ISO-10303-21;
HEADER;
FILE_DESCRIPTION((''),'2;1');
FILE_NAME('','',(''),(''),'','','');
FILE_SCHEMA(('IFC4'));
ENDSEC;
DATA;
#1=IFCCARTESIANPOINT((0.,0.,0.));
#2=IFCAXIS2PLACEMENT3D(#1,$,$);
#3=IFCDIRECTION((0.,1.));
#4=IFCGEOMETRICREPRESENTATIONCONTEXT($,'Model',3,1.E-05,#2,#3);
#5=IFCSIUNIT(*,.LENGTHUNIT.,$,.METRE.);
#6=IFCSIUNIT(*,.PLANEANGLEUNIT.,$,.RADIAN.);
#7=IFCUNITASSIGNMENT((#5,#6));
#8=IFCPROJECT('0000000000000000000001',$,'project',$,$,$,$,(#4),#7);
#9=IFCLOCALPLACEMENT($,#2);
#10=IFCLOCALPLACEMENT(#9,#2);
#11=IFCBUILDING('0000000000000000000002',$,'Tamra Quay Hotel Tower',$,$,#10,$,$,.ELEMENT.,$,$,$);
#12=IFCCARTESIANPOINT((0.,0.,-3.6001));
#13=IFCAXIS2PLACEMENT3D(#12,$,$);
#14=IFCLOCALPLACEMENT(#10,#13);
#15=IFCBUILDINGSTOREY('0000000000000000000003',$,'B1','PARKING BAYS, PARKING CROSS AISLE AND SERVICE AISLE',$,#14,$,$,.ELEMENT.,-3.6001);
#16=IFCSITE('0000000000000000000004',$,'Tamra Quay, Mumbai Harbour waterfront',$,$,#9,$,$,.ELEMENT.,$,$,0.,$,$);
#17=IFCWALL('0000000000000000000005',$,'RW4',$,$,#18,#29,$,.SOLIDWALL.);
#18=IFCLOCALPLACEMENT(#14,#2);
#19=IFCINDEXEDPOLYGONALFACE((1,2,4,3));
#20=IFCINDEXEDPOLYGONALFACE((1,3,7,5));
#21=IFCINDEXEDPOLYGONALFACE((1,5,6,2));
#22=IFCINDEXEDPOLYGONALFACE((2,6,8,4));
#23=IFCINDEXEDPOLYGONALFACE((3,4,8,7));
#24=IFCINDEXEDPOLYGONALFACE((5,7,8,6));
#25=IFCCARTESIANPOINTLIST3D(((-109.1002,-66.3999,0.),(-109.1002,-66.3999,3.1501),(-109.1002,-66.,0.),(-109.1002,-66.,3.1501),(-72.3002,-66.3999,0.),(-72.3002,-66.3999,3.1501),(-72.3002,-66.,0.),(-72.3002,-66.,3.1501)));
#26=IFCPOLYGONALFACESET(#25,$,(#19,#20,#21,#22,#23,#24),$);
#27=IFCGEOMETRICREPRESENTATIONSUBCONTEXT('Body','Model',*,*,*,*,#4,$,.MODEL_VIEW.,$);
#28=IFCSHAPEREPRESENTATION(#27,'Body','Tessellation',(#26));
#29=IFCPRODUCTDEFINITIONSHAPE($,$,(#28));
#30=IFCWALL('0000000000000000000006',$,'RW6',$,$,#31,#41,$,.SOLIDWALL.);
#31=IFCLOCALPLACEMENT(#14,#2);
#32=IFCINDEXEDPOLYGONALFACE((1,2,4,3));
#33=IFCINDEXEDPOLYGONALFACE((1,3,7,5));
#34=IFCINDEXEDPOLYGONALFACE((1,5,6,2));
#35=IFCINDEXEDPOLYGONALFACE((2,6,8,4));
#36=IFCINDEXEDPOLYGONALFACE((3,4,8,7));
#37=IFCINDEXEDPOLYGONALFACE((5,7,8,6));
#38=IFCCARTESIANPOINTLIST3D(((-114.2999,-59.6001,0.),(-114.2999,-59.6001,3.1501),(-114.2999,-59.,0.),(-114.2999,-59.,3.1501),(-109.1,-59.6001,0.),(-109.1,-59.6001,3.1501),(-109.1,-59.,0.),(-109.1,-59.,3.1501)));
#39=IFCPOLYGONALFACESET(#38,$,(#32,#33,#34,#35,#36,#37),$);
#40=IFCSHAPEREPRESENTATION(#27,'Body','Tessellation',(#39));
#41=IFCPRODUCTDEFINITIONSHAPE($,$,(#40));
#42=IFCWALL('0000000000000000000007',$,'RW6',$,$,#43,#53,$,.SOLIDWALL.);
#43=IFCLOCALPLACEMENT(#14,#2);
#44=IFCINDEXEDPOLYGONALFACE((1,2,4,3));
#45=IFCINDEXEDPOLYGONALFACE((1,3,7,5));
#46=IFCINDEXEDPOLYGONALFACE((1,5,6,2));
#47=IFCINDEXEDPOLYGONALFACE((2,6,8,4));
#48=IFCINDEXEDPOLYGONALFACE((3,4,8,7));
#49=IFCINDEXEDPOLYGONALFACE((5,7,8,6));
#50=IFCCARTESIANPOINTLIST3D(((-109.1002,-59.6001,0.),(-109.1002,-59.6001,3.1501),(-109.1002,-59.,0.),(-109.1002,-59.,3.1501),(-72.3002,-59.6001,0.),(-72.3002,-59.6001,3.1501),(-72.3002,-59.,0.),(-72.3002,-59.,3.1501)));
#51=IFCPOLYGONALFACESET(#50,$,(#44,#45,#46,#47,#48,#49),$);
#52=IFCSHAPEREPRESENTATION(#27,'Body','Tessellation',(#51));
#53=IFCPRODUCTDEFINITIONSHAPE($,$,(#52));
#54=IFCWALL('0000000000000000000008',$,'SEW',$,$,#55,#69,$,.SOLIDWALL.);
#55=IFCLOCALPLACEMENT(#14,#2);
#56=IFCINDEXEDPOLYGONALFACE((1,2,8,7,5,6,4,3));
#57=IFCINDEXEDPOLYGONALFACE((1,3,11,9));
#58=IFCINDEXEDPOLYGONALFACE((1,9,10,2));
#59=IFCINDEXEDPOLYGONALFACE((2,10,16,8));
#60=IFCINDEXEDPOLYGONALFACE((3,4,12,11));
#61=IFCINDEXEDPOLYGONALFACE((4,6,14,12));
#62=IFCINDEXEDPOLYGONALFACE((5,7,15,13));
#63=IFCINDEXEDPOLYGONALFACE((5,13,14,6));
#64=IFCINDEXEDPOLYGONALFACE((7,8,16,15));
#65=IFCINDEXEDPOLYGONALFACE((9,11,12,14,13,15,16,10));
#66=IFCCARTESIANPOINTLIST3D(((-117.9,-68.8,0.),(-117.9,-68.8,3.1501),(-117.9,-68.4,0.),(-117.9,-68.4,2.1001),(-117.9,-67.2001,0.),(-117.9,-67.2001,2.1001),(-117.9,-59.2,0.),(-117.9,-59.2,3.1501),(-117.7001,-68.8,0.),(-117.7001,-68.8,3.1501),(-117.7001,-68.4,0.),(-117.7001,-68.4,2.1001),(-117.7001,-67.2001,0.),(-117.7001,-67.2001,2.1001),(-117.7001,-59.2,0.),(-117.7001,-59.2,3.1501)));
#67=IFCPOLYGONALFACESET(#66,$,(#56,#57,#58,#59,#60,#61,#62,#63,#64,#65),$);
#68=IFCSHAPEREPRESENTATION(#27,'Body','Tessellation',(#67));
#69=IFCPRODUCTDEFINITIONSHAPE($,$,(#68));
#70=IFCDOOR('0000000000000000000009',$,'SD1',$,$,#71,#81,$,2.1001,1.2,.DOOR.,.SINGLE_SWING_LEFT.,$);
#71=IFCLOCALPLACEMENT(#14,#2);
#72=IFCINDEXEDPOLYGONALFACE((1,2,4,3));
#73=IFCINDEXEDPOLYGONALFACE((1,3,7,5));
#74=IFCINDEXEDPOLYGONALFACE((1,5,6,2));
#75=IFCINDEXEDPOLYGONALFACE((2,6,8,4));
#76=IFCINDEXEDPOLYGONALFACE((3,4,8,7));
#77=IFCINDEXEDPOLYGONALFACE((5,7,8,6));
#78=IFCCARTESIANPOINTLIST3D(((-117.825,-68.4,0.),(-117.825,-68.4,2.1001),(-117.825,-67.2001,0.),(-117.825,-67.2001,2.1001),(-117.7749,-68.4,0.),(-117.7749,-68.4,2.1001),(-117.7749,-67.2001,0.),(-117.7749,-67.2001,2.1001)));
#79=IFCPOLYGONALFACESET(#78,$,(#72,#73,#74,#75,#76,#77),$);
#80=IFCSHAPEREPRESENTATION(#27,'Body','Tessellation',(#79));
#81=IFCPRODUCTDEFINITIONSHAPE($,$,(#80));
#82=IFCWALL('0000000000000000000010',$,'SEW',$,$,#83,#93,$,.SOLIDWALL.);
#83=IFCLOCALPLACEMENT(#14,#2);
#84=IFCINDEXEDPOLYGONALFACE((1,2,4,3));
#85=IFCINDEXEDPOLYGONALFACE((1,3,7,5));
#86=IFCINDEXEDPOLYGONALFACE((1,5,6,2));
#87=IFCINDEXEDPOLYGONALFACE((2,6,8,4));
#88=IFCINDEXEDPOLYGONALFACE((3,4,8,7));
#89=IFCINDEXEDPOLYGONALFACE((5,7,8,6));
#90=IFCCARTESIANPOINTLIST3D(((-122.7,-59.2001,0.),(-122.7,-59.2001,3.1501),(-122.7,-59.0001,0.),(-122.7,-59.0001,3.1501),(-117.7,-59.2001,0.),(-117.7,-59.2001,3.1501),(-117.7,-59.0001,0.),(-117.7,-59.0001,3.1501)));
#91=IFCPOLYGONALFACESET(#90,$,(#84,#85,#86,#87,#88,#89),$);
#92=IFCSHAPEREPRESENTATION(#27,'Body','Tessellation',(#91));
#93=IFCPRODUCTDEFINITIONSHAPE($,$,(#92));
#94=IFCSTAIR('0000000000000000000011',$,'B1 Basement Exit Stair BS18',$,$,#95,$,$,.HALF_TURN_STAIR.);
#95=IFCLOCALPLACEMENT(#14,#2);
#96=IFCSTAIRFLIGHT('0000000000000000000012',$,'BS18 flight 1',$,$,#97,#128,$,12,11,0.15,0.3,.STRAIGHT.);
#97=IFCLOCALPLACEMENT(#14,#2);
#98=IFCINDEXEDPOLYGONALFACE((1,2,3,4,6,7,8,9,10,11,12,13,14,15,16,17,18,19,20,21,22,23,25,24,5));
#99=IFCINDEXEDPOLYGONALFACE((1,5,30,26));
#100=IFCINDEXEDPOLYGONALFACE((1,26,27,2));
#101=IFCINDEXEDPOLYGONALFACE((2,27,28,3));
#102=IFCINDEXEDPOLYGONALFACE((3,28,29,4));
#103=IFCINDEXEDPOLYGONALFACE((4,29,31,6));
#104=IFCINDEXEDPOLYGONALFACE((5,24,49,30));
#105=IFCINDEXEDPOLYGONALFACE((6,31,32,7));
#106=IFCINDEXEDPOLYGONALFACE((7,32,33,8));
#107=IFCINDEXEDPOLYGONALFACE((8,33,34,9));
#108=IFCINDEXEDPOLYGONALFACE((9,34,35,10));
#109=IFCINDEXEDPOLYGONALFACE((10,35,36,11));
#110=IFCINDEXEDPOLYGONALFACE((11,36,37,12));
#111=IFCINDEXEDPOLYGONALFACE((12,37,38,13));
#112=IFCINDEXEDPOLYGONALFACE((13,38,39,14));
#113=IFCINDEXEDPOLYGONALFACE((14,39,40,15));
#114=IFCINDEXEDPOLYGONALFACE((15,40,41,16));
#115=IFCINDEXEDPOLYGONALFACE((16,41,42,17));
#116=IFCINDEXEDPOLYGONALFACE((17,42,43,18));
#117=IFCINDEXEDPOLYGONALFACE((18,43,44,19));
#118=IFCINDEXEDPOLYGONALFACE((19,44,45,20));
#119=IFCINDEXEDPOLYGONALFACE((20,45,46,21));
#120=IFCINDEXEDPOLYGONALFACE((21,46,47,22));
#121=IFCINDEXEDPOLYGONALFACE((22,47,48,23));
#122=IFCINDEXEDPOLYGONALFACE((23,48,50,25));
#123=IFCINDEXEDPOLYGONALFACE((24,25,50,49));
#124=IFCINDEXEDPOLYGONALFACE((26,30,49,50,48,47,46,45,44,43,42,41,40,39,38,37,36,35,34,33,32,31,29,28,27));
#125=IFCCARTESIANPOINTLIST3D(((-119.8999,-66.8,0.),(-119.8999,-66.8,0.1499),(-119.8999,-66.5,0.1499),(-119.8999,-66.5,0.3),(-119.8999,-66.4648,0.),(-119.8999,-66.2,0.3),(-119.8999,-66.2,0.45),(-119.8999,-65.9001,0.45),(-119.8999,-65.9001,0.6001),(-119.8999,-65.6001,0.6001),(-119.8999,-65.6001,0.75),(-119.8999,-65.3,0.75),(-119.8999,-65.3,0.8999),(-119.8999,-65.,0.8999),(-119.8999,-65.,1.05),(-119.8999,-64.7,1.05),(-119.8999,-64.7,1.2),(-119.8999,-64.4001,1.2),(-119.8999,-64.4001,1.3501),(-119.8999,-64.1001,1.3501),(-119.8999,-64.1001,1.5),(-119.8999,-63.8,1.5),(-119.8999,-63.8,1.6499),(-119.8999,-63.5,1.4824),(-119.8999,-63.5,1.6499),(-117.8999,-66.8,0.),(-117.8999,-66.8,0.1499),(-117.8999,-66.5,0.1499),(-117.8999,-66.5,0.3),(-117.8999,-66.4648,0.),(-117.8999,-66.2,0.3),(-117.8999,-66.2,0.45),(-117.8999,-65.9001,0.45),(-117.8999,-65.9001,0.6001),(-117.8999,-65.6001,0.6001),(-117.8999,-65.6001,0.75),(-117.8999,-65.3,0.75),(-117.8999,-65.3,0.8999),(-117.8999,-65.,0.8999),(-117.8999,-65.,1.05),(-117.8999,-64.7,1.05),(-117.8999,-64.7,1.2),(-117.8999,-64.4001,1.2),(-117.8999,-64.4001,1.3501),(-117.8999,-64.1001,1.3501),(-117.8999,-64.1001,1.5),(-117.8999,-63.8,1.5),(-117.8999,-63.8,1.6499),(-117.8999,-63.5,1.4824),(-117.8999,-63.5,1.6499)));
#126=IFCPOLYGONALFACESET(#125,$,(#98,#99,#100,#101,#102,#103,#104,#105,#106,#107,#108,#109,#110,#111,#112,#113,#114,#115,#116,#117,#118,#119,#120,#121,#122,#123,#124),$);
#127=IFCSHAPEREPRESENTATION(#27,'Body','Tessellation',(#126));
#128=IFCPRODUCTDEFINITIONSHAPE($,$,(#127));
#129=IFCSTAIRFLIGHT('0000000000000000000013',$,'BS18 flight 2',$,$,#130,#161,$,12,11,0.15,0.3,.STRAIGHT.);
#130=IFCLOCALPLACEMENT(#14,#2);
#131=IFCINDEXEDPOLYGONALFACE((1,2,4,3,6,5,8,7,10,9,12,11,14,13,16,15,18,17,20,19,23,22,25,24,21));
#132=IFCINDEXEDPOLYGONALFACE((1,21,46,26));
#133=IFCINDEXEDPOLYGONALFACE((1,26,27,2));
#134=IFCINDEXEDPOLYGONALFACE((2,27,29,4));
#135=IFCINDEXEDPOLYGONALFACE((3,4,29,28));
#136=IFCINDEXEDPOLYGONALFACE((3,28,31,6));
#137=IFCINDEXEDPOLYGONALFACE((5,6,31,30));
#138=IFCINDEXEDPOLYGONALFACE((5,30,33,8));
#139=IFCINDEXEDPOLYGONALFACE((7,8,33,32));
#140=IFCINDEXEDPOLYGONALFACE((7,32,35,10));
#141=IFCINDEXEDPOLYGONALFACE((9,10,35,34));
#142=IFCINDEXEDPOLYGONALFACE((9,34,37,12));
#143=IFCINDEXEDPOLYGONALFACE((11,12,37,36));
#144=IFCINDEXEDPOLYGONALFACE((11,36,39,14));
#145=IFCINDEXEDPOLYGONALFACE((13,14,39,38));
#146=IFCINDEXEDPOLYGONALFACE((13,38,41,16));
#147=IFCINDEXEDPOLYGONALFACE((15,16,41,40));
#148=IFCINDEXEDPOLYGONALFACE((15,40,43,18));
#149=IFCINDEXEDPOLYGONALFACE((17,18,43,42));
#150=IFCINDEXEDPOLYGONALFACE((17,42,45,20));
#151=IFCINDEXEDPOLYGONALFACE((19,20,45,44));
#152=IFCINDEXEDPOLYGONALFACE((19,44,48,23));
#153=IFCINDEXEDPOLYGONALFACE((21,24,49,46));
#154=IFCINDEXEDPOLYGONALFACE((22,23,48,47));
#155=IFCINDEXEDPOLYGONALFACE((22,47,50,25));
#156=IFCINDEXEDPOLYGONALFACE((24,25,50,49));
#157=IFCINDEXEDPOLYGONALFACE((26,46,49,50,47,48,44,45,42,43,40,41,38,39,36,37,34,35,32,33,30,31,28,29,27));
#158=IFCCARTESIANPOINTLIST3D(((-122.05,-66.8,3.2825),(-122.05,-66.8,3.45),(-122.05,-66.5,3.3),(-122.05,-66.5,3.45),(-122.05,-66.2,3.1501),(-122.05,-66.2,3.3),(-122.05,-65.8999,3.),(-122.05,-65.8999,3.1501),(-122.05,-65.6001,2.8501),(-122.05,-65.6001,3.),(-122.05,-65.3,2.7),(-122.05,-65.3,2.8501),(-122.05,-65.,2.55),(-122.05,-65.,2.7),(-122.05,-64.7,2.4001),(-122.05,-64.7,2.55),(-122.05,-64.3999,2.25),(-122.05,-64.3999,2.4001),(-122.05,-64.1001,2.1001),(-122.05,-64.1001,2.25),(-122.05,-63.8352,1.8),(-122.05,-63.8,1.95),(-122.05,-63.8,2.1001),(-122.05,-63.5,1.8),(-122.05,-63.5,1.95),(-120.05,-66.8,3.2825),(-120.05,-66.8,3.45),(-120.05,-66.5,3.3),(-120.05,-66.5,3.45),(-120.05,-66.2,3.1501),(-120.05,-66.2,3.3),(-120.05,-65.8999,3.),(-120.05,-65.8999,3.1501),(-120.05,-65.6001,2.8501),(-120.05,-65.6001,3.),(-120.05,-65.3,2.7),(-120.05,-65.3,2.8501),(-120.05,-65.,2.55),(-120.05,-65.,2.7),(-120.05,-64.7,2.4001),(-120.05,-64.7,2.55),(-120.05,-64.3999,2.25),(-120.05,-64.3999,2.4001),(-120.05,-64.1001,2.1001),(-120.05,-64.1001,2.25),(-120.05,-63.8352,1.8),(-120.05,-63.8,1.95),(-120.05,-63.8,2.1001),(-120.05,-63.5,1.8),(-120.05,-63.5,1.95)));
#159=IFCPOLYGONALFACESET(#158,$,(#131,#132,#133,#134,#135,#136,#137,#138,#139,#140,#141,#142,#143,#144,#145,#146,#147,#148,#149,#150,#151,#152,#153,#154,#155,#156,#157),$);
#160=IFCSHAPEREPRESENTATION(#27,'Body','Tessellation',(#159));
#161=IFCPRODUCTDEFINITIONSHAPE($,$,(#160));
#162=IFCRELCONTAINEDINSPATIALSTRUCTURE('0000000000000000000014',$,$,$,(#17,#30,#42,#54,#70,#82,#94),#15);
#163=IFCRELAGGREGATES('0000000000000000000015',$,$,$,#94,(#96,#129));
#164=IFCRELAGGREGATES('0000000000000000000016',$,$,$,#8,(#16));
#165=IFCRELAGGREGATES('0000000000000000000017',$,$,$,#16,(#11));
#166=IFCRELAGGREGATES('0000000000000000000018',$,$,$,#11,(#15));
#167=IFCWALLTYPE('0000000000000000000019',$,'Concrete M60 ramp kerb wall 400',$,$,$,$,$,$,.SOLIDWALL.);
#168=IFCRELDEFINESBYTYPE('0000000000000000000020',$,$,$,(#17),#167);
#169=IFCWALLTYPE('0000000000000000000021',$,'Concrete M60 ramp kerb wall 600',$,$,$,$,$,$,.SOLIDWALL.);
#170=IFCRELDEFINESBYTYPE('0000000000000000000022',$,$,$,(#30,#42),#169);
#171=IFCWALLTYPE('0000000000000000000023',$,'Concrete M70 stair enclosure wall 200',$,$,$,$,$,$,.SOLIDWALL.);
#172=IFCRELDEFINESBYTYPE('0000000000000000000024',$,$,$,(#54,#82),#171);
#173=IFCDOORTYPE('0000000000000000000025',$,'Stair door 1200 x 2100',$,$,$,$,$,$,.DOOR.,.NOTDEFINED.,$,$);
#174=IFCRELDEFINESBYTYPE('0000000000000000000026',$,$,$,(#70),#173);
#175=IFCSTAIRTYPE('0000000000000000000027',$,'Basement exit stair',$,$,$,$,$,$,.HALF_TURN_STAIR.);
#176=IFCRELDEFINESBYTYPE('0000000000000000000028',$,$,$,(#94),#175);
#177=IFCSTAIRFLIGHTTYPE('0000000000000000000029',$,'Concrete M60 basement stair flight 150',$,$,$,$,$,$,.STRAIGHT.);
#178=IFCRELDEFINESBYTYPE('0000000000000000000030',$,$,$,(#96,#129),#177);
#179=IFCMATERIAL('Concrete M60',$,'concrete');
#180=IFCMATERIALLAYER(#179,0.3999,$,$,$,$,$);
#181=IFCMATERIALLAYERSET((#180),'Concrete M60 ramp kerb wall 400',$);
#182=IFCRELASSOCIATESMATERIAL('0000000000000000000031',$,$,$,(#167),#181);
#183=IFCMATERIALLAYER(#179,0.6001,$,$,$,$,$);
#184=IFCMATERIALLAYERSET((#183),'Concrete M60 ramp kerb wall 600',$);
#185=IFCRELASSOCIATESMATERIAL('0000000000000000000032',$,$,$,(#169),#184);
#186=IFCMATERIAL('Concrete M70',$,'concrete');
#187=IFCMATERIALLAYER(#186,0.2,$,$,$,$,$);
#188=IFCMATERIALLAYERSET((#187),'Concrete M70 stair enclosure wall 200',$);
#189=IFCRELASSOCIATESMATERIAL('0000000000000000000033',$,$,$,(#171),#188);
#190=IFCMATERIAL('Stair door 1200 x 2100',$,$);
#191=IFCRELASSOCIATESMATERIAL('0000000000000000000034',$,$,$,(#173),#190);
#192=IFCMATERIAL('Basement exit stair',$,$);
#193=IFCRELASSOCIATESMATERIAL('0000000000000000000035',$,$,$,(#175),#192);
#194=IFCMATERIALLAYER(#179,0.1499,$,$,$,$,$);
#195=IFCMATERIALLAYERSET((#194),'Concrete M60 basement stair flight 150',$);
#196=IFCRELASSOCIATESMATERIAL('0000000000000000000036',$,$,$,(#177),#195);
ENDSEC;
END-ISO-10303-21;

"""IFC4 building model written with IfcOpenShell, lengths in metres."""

from ifc_helpers import new_model, si_unit, direction, frame, frame_2d, origin, place, context, subcontext, project, spatial, polyline, rectangle, outline, extrude, material, layer, layer_set, type_object, element, fill, aggregate, save


model = new_model("IFC4")

# Units and contexts
model_context = context("Model", 3, precision=1e-05, world=origin(), true_north=direction((0.0, 1.0)))
body_context = subcontext(model_context, "Body", "Model", "MODEL_VIEW")
ifc_project = project(units=[si_unit("LENGTHUNIT", "METRE"), si_unit("PLANEANGLEUNIT", "RADIAN")], contexts=[model_context])

# Site, building, storey
site_placement = place(None, origin())
site = spatial("IfcSite", under=ifc_project, at=site_placement, Name="Tamra Quay, Mumbai Harbour waterfront", CompositionType="ELEMENT", RefElevation=0.0)
building_placement = place(site_placement, origin())
building = spatial("IfcBuilding", under=site, at=building_placement, Name="Tamra Quay Hotel Tower", CompositionType="ELEMENT")
storey_placement = place(building_placement, frame((0.0, 0.0, -3.6001)))
storey = spatial("IfcBuildingStorey", under=building, at=storey_placement, Name="B1", Description="PARKING BAYS, PARKING CROSS AISLE AND SERVICE AISLE", CompositionType="ELEMENT", Elevation=-3.6001)

# Shared definitions
ifc_material_1 = material(Name="Concrete M70", Category="concrete")

# Shared definitions
ifc_material_2 = material(Name="Concrete M60", Category="concrete")

# Walls
ifc_layer_1 = layer(ifc_material_2, 0.3999)
ifc_layer_set_1 = layer_set([ifc_layer_1], Name="Concrete M60 ramp kerb wall 400")
wall_type_1 = type_object("IfcWallType", Name="Concrete M60 ramp kerb wall 400", PredefinedType="SOLIDWALL", material=ifc_layer_set_1)
wall_1_placement = place(storey_placement, frame((-109.1001, -66.2, 0.0), z_axis=(0.0, 0.0, 1.0), x_axis=(1.0, 0.0, 0.0)))
element("IfcWall", 1, at=wall_1_placement, inside=storey, type_object=wall_type_1, Name="RW4", PredefinedType="SOLIDWALL", context=body_context, shape_type="SweptSolid", body=[
    extrude(rectangle(XDim=36.8, YDim=0.3999, at=frame_2d((18.3999, 0.0))), origin(), (0.0, 0.0, 1.0), 3.1501),
])
ifc_layer_2 = layer(ifc_material_2, 0.6001)
ifc_layer_set_2 = layer_set([ifc_layer_2], Name="Concrete M60 ramp kerb wall 600")
wall_type_2 = type_object("IfcWallType", Name="Concrete M60 ramp kerb wall 600", PredefinedType="SOLIDWALL", material=ifc_layer_set_2)
wall_2_placement = place(storey_placement, frame((-114.3, -59.3, 0.0), z_axis=(0.0, 0.0, 1.0), x_axis=(1.0, 0.0, 0.0)))
element("IfcWall", 2, at=wall_2_placement, inside=storey, type_object=wall_type_2, Name="RW6", PredefinedType="SOLIDWALL", context=body_context, shape_type="SweptSolid", body=[
    extrude(rectangle(XDim=5.2, YDim=0.6001, at=frame_2d((2.6001, 0.0))), origin(), (0.0, 0.0, 1.0), 3.1501),
])
wall_3_placement = place(storey_placement, frame((-109.1001, -59.3, 0.0), z_axis=(0.0, 0.0, 1.0), x_axis=(1.0, 0.0, 0.0)))
element("IfcWall", 3, at=wall_3_placement, inside=storey, type_object=wall_type_2, Name="RW6", PredefinedType="SOLIDWALL", context=body_context, shape_type="SweptSolid", body=[
    extrude(rectangle(XDim=36.8, YDim=0.6001, at=frame_2d((18.3999, 0.0))), origin(), (0.0, 0.0, 1.0), 3.1501),
])

# Wall, opening, door
ifc_layer_3 = layer(ifc_material_1, 0.2)
ifc_layer_set_3 = layer_set([ifc_layer_3], Name="Concrete M70 stair enclosure wall 200")
wall_type_3 = type_object("IfcWallType", Name="Concrete M70 stair enclosure wall 200", PredefinedType="SOLIDWALL", material=ifc_layer_set_3)
wall_4_placement = place(storey_placement, frame((-117.8, -68.8, 0.0), z_axis=(0.0, 0.0, 1.0), x_axis=(0.0, 1.0, 0.0)))
wall_4 = element("IfcWall", 4, at=wall_4_placement, inside=storey, type_object=wall_type_3, Name="SEW", PredefinedType="SOLIDWALL", context=body_context, shape_type="SweptSolid", body=[
    extrude(rectangle(XDim=9.6001, YDim=0.2, at=frame_2d((4.8, 0.0))), origin(), (0.0, 0.0, 1.0), 3.1501),
])
opening_1_placement = place(wall_4_placement, frame((0.3999, 0.0, 0.0)))
opening_1 = element("IfcOpeningElement", 5, at=opening_1_placement, cuts=wall_4, PredefinedType="OPENING", context=body_context, shape_type="SweptSolid", body=[
    extrude(rectangle(XDim=1.2, YDim=2.1001, at=frame_2d((0.6001, 1.05))), frame((0.0, 0.1099, 0.0), z_axis=(0.0, -1.0, 0.0), x_axis=(1.0, 0.0, 0.0)), (0.0, 0.0, 1.0), 0.22),
])
ifc_material_3 = material(Name="Stair door 1200 x 2100")
door_type_1 = type_object("IfcDoorType", Name="Stair door 1200 x 2100", OperationType="NOTDEFINED", PredefinedType="DOOR", material=ifc_material_3)
door_1_placement = place(opening_1_placement, origin())
door_1 = element("IfcDoor", 6, at=door_1_placement, inside=storey, type_object=door_type_1, Name="SD1", OperationType="SINGLE_SWING_LEFT", OverallHeight=2.1001, OverallWidth=1.2, PredefinedType="DOOR", context=body_context, shape_type="SweptSolid", body=[
    extrude(rectangle(XDim=1.2, YDim=2.1001, at=frame_2d((0.6001, 1.05))), frame((0.0, 0.0249, 0.0), z_axis=(0.0, -1.0, 0.0), x_axis=(1.0, 0.0, 0.0)), (0.0, 0.0, 1.0), 0.05),
])
fill(opening_1, door_1)

# Wall
wall_5_placement = place(storey_placement, frame((-122.7, -59.1001, 0.0), z_axis=(0.0, 0.0, 1.0), x_axis=(1.0, 0.0, 0.0)))
element("IfcWall", 7, at=wall_5_placement, inside=storey, type_object=wall_type_3, Name="SEW", PredefinedType="SOLIDWALL", context=body_context, shape_type="SweptSolid", body=[
    extrude(rectangle(XDim=5.0, YDim=0.2, at=frame_2d((2.5, 0.0))), origin(), (0.0, 0.0, 1.0), 3.1501),
])

# Stair, stair flights
ifc_material_4 = material(Name="Basement exit stair")
stair_type = type_object("IfcStairType", Name="Basement exit stair", PredefinedType="HALF_TURN_STAIR", material=ifc_material_4)
stair_placement = place(storey_placement, origin())
stair = element("IfcStair", 8, at=stair_placement, inside=storey, type_object=stair_type, Name="B1 Basement Exit Stair BS18", PredefinedType="HALF_TURN_STAIR")
ifc_layer_4 = layer(ifc_material_2, 0.1499)
ifc_layer_set_4 = layer_set([ifc_layer_4], Name="Concrete M60 basement stair flight 150")
stair_flight_type = type_object("IfcStairFlightType", Name="Concrete M60 basement stair flight 150", PredefinedType="STRAIGHT", material=ifc_layer_set_4)
stair_flight_1_placement = place(storey_placement, frame((-118.8999, -66.8, 0.0), z_axis=(0.0, 0.0, 1.0), x_axis=(0.0, 1.0, 0.0)))
stair_flight_1 = element("IfcStairFlight", 9, at=stair_flight_1_placement, type_object=stair_flight_type, Name="BS18 flight 1", NumberOfRisers=12, NumberOfTreads=11, PredefinedType="STRAIGHT", RiserHeight=0.15, TreadLength=0.3, context=body_context, shape_type="SweptSolid", body=[
    extrude(outline(polyline([(0.0, 0.0), (0.0, 0.1499), (0.3, 0.1499), (0.3, 0.3), (0.6001, 0.3), (0.6001, 0.45), (0.8999, 0.45), (0.8999, 0.6001), (1.2, 0.6001), (1.2, 0.75), (1.5, 0.75), (1.5, 0.8999), (1.8, 0.8999), (1.8, 1.05), (2.1001, 1.05), (2.1001, 1.2), (2.3999, 1.2), (2.3999, 1.3501), (2.7, 1.3501), (2.7, 1.5), (3.0, 1.5), (3.0, 1.6499), (3.3, 1.6499), (3.3, 1.8), (3.3, 1.4824), (0.3352, 0.0), (0.0, 0.0)])), frame((0.0, 1.0, 0.0), z_axis=(0.0, -1.0, 0.0), x_axis=(1.0, 0.0, 0.0)), (0.0, 0.0, 1.0), 2.0),
])
stair_flight_2_placement = place(storey_placement, frame((-121.05, -63.5, 1.8), z_axis=(0.0, 0.0, 1.0), x_axis=(0.0, -1.0, 0.0)))
stair_flight_2 = element("IfcStairFlight", 10, at=stair_flight_2_placement, type_object=stair_flight_type, Name="BS18 flight 2", NumberOfRisers=12, NumberOfTreads=11, PredefinedType="STRAIGHT", RiserHeight=0.15, TreadLength=0.3, context=body_context, shape_type="SweptSolid", body=[
    extrude(outline(polyline([(0.0, 0.0), (0.0, 0.1499), (0.3, 0.1499), (0.3, 0.3), (0.6001, 0.3), (0.6001, 0.45), (0.8999, 0.45), (0.8999, 0.6001), (1.2, 0.6001), (1.2, 0.75), (1.5, 0.75), (1.5, 0.8999), (1.8, 0.8999), (1.8, 1.05), (2.1001, 1.05), (2.1001, 1.2), (2.3999, 1.2), (2.3999, 1.3501), (2.7, 1.3501), (2.7, 1.5), (3.0, 1.5), (3.0, 1.6499), (3.3, 1.6499), (3.3, 1.8), (3.3, 1.4824), (0.3352, 0.0), (0.0, 0.0)])), frame((0.0, 1.0, 0.0), z_axis=(0.0, -1.0, 0.0), x_axis=(1.0, 0.0, 0.0)), (0.0, 0.0, 1.0), 2.0),
])
aggregate(stair, [stair_flight_1, stair_flight_2])

save(model, "model.ifc")
